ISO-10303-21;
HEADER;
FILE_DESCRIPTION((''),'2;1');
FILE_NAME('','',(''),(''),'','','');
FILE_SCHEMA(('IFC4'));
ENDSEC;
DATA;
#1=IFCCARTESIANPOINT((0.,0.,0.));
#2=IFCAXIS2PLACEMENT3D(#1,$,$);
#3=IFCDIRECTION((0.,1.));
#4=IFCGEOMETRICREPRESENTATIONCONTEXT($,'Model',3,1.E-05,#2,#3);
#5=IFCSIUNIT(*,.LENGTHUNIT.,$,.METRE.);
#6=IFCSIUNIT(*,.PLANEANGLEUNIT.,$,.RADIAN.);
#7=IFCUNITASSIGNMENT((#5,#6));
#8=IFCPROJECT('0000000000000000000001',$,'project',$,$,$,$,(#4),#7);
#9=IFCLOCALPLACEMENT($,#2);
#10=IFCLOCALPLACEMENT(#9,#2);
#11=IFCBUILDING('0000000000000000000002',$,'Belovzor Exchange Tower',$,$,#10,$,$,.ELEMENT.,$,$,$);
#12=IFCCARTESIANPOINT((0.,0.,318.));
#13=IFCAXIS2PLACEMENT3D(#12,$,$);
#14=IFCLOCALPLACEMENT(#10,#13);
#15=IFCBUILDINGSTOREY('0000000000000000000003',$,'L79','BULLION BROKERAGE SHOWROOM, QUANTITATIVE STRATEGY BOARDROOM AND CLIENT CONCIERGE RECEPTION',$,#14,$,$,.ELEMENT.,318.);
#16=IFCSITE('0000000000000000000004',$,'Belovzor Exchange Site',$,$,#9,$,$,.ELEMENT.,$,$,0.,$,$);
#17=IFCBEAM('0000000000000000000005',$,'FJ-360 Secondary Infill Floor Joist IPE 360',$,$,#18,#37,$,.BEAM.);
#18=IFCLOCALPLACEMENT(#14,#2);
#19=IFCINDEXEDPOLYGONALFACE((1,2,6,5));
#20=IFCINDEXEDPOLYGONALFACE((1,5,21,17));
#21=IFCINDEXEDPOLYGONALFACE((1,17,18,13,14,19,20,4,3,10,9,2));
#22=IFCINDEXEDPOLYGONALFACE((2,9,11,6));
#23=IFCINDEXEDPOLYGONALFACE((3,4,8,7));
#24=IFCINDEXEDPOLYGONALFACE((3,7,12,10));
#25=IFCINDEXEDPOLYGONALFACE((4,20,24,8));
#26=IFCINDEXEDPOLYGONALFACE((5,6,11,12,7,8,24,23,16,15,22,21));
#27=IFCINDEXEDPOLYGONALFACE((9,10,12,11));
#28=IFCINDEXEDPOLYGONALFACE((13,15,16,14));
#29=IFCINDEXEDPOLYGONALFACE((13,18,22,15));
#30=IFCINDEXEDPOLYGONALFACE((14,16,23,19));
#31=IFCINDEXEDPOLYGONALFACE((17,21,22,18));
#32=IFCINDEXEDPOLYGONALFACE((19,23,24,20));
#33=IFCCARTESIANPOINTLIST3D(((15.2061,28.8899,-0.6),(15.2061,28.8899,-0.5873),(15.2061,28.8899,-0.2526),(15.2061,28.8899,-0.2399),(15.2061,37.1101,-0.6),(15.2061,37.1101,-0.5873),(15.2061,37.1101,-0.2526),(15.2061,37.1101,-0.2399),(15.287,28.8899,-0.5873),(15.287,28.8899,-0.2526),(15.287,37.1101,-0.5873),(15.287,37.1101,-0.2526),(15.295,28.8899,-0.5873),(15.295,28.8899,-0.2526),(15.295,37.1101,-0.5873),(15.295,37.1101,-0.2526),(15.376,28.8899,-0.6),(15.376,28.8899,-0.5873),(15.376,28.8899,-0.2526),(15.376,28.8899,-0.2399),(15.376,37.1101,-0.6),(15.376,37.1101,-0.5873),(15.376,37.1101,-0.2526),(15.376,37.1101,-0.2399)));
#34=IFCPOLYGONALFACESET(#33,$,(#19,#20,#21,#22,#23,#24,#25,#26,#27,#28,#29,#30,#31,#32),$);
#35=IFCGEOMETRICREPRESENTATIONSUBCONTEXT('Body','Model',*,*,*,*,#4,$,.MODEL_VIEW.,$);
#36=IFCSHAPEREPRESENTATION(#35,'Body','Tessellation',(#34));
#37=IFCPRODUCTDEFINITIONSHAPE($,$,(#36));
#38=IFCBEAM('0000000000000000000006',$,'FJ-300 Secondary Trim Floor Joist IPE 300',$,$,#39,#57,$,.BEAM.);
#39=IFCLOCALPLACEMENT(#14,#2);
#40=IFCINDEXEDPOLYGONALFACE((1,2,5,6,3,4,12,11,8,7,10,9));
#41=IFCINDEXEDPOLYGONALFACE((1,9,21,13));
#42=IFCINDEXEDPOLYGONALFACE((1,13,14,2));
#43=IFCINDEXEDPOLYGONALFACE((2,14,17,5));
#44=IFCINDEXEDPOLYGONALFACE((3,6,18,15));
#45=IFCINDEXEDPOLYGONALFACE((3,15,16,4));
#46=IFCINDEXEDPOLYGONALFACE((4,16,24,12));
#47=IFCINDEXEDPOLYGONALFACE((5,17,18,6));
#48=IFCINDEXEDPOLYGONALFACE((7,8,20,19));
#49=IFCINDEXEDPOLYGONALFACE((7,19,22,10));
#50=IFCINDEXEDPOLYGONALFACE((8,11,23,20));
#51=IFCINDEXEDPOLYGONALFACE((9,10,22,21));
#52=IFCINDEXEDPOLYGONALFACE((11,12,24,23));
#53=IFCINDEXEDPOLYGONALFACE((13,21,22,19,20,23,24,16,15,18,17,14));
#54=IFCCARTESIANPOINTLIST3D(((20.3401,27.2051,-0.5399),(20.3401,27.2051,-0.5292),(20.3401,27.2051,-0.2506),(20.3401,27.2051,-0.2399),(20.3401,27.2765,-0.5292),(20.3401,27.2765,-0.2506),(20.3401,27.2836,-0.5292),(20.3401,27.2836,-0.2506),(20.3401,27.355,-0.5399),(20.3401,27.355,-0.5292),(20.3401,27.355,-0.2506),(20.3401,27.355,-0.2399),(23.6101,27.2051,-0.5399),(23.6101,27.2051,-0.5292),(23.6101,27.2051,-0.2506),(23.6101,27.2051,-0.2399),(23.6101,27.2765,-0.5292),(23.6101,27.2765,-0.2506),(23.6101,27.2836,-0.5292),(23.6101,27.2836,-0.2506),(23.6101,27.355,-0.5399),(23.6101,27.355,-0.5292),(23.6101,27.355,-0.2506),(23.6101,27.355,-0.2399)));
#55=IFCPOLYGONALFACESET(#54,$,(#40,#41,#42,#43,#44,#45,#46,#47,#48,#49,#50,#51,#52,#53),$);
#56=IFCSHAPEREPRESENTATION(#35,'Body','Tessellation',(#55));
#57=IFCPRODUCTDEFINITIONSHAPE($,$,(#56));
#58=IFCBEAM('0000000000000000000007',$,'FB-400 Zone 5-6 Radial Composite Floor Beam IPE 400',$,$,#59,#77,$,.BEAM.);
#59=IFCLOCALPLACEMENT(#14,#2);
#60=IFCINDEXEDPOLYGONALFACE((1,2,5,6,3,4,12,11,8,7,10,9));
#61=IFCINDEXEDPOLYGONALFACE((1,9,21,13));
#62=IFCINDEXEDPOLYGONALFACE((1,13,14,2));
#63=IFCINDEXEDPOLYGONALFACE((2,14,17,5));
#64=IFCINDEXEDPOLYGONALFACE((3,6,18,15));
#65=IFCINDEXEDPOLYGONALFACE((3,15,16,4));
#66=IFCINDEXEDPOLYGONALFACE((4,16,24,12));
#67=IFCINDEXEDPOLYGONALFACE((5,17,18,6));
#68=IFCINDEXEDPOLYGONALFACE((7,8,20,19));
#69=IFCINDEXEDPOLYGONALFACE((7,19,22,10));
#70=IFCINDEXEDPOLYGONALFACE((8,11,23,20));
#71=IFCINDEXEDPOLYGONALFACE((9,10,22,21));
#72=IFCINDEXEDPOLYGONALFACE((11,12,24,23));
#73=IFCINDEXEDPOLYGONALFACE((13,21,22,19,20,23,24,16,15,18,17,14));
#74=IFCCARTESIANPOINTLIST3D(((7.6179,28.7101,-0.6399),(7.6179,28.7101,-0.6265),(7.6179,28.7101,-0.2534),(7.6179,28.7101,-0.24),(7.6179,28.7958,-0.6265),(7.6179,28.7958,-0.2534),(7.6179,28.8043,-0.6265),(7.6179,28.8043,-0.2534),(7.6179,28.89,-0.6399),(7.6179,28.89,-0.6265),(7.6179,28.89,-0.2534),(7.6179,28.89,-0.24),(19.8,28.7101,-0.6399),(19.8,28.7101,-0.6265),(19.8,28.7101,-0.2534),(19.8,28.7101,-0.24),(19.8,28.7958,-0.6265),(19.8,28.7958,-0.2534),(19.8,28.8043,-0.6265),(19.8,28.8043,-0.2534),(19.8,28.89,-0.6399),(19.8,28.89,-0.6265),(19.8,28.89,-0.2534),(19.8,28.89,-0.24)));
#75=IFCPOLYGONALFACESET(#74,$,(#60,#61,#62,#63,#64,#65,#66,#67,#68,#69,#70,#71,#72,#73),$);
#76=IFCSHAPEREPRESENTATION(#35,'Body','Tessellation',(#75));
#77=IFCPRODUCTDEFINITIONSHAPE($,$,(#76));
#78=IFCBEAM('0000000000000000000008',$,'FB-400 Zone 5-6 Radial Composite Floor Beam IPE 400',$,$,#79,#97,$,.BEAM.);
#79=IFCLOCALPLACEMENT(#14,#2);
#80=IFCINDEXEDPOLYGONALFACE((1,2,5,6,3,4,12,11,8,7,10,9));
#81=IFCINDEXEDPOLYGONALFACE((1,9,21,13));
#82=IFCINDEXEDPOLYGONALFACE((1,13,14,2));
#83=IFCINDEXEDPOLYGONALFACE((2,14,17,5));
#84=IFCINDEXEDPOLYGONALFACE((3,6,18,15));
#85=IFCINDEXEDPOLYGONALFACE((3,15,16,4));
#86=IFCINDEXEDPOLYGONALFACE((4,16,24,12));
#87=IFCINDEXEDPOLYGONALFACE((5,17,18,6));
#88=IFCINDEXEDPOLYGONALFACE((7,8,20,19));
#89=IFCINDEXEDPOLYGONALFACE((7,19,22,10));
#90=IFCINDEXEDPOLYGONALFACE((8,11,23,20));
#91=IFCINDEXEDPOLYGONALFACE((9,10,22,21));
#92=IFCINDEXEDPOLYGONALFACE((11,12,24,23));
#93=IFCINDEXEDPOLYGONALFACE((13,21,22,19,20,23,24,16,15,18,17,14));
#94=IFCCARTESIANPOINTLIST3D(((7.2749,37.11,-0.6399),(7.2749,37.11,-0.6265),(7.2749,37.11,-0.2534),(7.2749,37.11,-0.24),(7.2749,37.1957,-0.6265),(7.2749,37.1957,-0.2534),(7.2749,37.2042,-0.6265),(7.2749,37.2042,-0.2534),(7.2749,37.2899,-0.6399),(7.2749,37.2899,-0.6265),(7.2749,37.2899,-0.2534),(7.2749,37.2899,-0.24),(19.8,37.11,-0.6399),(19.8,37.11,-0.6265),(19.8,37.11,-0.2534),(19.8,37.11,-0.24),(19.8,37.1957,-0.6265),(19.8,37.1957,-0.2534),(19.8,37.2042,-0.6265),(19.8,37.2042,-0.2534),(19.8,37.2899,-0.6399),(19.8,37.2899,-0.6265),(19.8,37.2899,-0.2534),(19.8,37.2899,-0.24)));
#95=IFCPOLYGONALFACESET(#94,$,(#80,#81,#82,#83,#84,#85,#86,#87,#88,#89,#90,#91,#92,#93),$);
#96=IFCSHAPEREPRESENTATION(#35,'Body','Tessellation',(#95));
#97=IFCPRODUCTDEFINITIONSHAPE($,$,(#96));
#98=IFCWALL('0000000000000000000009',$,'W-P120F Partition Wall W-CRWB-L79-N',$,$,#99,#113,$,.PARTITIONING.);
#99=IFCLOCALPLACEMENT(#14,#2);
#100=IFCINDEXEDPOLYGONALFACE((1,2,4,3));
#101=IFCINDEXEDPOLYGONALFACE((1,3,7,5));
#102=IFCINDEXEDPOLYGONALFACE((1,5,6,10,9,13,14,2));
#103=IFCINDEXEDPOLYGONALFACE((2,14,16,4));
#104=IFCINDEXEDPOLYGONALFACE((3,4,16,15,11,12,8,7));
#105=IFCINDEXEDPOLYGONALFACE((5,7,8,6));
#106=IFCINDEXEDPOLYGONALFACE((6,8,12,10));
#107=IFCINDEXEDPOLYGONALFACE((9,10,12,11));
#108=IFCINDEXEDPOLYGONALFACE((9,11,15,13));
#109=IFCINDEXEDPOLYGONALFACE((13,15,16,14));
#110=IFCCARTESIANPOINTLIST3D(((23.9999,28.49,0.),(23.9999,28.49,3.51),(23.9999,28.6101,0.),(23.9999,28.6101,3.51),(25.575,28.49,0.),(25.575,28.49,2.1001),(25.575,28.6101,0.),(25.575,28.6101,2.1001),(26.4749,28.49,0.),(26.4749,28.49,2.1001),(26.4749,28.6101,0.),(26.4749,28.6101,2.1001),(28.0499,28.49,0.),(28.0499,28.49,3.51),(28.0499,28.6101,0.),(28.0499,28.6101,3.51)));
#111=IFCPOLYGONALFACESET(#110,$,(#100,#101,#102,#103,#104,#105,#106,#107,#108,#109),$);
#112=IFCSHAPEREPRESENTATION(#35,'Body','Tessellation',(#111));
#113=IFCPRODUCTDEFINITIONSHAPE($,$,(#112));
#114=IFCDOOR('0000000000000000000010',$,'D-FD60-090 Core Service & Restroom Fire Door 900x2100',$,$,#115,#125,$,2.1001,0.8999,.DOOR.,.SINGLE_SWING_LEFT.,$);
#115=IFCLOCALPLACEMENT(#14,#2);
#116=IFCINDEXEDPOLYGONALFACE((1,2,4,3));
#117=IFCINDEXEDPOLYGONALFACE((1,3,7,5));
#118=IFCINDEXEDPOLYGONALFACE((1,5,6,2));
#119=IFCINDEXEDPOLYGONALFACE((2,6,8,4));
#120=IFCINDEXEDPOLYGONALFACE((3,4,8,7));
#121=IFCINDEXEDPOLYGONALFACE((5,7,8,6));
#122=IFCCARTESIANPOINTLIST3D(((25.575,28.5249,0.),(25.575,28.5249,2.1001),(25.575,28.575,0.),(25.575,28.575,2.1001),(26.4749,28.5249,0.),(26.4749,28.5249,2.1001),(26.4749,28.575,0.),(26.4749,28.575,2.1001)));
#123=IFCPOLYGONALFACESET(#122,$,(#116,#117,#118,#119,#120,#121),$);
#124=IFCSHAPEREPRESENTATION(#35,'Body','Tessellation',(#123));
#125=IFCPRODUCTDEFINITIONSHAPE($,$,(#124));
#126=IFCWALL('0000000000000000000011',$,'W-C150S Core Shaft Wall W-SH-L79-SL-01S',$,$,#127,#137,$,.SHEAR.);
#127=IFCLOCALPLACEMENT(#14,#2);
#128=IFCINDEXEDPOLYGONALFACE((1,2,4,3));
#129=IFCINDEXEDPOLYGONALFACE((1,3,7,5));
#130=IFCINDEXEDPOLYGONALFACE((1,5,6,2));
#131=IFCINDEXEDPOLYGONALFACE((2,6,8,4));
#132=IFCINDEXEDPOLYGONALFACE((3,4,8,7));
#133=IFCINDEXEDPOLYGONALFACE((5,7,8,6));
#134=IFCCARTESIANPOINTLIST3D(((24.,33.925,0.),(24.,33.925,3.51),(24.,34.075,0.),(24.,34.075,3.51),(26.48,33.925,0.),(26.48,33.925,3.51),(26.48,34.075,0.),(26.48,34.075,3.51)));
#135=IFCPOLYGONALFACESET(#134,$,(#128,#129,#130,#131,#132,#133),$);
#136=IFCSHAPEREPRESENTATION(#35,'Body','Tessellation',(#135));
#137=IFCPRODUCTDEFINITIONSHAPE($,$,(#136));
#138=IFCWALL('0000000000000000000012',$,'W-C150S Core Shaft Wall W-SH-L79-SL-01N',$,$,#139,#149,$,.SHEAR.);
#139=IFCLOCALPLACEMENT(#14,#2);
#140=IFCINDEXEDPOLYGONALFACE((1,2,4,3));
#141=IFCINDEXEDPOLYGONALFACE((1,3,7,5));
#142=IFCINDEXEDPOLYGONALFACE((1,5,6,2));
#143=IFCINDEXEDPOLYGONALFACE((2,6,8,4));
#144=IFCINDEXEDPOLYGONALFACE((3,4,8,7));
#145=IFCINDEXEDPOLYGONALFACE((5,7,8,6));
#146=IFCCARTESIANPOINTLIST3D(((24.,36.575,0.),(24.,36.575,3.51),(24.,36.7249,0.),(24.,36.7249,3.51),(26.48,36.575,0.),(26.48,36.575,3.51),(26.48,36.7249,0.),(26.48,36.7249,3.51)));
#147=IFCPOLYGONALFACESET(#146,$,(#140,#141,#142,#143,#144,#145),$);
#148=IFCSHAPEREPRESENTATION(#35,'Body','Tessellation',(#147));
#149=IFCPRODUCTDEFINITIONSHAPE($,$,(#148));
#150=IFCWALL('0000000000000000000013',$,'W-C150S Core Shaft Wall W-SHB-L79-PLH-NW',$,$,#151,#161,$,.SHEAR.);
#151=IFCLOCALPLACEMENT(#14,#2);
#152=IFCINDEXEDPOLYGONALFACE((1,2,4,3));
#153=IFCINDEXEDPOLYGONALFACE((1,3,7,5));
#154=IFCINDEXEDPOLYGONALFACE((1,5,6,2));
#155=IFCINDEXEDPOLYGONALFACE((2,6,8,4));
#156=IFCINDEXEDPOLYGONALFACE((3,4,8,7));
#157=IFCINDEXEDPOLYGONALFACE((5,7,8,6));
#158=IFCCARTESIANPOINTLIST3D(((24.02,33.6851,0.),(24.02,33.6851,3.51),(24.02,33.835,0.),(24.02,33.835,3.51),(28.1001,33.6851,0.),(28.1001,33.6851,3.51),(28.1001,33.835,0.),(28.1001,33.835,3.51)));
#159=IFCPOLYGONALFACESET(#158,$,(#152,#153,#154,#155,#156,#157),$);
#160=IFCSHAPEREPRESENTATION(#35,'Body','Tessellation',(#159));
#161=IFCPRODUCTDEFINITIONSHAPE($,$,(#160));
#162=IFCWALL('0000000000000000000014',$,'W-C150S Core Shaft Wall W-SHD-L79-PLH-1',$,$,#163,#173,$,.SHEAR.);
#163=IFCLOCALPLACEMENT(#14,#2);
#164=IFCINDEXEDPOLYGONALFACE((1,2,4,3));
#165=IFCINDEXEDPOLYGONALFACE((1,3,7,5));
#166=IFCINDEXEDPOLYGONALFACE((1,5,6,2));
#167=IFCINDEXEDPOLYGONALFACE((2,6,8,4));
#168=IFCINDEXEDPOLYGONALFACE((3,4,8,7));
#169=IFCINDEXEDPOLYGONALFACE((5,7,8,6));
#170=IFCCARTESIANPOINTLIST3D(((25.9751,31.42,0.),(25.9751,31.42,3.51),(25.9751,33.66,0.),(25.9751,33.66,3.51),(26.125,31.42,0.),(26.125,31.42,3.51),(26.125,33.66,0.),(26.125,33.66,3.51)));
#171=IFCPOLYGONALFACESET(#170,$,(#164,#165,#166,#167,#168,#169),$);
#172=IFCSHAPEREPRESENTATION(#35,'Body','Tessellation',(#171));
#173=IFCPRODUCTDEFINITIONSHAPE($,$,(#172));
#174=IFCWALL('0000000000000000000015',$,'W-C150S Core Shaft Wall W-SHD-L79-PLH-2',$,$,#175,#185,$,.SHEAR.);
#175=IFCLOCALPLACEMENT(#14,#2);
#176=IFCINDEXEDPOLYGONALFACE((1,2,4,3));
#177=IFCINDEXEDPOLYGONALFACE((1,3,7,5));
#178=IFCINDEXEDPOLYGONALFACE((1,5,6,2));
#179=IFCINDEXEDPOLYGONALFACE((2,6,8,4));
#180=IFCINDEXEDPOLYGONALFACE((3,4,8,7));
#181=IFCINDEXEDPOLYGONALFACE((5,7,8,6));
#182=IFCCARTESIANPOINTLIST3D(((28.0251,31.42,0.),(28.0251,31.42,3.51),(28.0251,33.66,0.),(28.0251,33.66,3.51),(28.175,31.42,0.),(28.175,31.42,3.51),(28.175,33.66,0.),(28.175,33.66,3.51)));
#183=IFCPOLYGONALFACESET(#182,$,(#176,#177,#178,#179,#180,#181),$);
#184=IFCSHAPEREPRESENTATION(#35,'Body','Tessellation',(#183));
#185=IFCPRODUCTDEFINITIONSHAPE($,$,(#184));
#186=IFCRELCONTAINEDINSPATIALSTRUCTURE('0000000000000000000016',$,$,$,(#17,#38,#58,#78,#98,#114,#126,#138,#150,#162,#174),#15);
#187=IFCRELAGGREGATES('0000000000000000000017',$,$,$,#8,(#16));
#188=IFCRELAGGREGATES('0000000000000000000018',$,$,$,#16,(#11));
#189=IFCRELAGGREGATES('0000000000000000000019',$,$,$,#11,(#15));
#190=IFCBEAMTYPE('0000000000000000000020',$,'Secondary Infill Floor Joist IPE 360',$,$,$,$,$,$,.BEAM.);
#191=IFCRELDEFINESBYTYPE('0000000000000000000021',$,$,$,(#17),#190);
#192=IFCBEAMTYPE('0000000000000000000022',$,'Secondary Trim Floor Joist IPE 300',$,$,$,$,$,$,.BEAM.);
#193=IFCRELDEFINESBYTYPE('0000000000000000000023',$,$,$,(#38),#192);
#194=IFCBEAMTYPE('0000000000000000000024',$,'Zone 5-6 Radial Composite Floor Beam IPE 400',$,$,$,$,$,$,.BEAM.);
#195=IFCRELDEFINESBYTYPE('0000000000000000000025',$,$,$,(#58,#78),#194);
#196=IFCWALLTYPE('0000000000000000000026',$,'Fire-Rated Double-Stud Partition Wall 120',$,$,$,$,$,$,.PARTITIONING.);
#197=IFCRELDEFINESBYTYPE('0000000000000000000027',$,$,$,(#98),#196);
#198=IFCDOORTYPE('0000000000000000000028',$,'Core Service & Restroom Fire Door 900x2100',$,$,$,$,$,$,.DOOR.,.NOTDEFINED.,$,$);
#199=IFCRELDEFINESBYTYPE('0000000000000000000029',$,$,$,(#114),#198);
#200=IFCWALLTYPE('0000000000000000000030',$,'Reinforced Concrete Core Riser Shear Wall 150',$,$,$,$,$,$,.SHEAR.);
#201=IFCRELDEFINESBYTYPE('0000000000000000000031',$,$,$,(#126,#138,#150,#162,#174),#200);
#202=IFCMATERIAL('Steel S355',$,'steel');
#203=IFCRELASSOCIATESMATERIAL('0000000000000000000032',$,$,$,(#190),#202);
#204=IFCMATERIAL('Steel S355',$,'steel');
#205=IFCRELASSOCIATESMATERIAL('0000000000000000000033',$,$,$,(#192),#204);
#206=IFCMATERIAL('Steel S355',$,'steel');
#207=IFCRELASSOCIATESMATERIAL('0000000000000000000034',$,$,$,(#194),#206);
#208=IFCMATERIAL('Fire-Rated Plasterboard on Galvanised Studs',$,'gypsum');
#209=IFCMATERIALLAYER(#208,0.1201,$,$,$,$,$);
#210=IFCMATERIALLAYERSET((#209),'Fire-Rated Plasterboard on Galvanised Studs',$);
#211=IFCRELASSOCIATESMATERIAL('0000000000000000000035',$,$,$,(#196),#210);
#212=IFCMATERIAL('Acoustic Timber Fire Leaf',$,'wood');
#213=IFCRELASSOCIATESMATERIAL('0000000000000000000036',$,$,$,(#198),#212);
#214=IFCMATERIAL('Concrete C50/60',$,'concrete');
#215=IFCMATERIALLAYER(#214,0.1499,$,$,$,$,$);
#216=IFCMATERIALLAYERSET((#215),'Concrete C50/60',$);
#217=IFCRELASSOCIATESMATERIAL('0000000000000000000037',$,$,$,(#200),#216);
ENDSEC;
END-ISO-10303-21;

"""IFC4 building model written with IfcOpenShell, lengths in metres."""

from ifc_helpers import new_model, si_unit, direction, frame, frame_2d, origin, origin_2d, place, context, subcontext, project, spatial, rectangle, i_section, extrude, material, layer, layer_set, material_profile, profile_set, type_object, element, fill, save


model = new_model("IFC4")

# Units and contexts
model_context = context("Model", 3, precision=1e-05, world=origin(), true_north=direction((0.0, 1.0)))
body_context = subcontext(model_context, "Body", "Model", "MODEL_VIEW")
ifc_project = project(units=[si_unit("LENGTHUNIT", "METRE"), si_unit("PLANEANGLEUNIT", "RADIAN")], contexts=[model_context])

# Site, building, storey
site_placement = place(None, origin())
site = spatial("IfcSite", under=ifc_project, at=site_placement, Name="Belovzor Exchange Site", CompositionType="ELEMENT", RefElevation=0.0)
building_placement = place(site_placement, origin())
building = spatial("IfcBuilding", under=site, at=building_placement, Name="Belovzor Exchange Tower", CompositionType="ELEMENT")
storey_placement = place(building_placement, frame((0.0, 0.0, 318.0)))
storey = spatial("IfcBuildingStorey", under=building, at=storey_placement, Name="L79", Description="BULLION BROKERAGE SHOWROOM, QUANTITATIVE STRATEGY BOARDROOM AND CLIENT CONCIERGE RECEPTION", CompositionType="ELEMENT", Elevation=318.0)

# Beams
ifc_material_1 = material(Name="Steel S355", Category="steel")
ifc_material_profile_1 = material_profile(ifc_material_1, i_section(OverallWidth=0.1699, OverallDepth=0.3601, WebThickness=0.0081, FlangeThickness=0.0127, at=origin_2d()))
ifc_profile_set_1 = profile_set([ifc_material_profile_1], Name="Steel S355")
beam_type_1 = type_object("IfcBeamType", Name="Secondary Infill Floor Joist IPE 360", PredefinedType="BEAM", material=ifc_profile_set_1)
beam_1_placement = place(storey_placement, frame((15.291, 28.8899, -0.4199), z_axis=(0.0, 1.0, 0.0), x_axis=(-1.0, 0.0, 0.0)))
element("IfcBeam", 1, at=beam_1_placement, inside=storey, type_object=beam_type_1, Name="FJ-360 Secondary Infill Floor Joist IPE 360", PredefinedType="BEAM", context=body_context, shape_type="SweptSolid", body=[
    extrude(i_section(OverallWidth=0.1699, OverallDepth=0.3601, WebThickness=0.0081, FlangeThickness=0.0127, at=origin_2d()), origin(), (0.0, 0.0, 1.0), 8.2202),
])
ifc_material_2 = material(Name="Steel S355", Category="steel")
ifc_material_profile_2 = material_profile(ifc_material_2, i_section(OverallWidth=0.1499, OverallDepth=0.3, WebThickness=0.0071, FlangeThickness=0.0107, at=origin_2d()))
ifc_profile_set_2 = profile_set([ifc_material_profile_2], Name="Steel S355")
beam_type_2 = type_object("IfcBeamType", Name="Secondary Trim Floor Joist IPE 300", PredefinedType="BEAM", material=ifc_profile_set_2)
beam_2_placement = place(storey_placement, frame((20.3401, 27.28, -0.3899), z_axis=(1.0, 0.0, 0.0), x_axis=(0.0, 1.0, 0.0)))
element("IfcBeam", 2, at=beam_2_placement, inside=storey, type_object=beam_type_2, Name="FJ-300 Secondary Trim Floor Joist IPE 300", PredefinedType="BEAM", context=body_context, shape_type="SweptSolid", body=[
    extrude(i_section(OverallWidth=0.1499, OverallDepth=0.3, WebThickness=0.0071, FlangeThickness=0.0107, at=origin_2d()), origin(), (0.0, 0.0, 1.0), 3.27),
])
ifc_material_3 = material(Name="Steel S355", Category="steel")
ifc_material_profile_3 = material_profile(ifc_material_3, i_section(OverallWidth=0.1799, OverallDepth=0.3999, WebThickness=0.0085, FlangeThickness=0.0134, at=origin_2d()))
ifc_profile_set_3 = profile_set([ifc_material_profile_3], Name="Steel S355")
beam_type_3 = type_object("IfcBeamType", Name="Zone 5-6 Radial Composite Floor Beam IPE 400", PredefinedType="BEAM", material=ifc_profile_set_3)
beam_3_placement = place(storey_placement, frame((19.8, 28.8, -0.4399), z_axis=(-1.0, 0.0, 0.0), x_axis=(0.0, -1.0, 0.0)))
element("IfcBeam", 3, at=beam_3_placement, inside=storey, type_object=beam_type_3, Name="FB-400 Zone 5-6 Radial Composite Floor Beam IPE 400", PredefinedType="BEAM", context=body_context, shape_type="SweptSolid", body=[
    extrude(i_section(OverallWidth=0.1799, OverallDepth=0.3999, WebThickness=0.0085, FlangeThickness=0.0134, at=origin_2d()), origin(), (0.0, 0.0, 1.0), 12.1821),
])
beam_4_placement = place(storey_placement, frame((19.8, 37.2, -0.4399), z_axis=(-1.0, 0.0, 0.0), x_axis=(0.0, -1.0, 0.0)))
element("IfcBeam", 4, at=beam_4_placement, inside=storey, type_object=beam_type_3, Name="FB-400 Zone 5-6 Radial Composite Floor Beam IPE 400", PredefinedType="BEAM", context=body_context, shape_type="SweptSolid", body=[
    extrude(i_section(OverallWidth=0.1799, OverallDepth=0.3999, WebThickness=0.0085, FlangeThickness=0.0134, at=origin_2d()), origin(), (0.0, 0.0, 1.0), 12.5251),
])

# Wall, opening, door
ifc_material_4 = material(Name="Fire-Rated Plasterboard on Galvanised Studs", Category="gypsum")
ifc_layer_1 = layer(ifc_material_4, 0.1201)
ifc_layer_set_1 = layer_set([ifc_layer_1], Name="Fire-Rated Plasterboard on Galvanised Studs")
wall_type_1 = type_object("IfcWallType", Name="Fire-Rated Double-Stud Partition Wall 120", PredefinedType="PARTITIONING", material=ifc_layer_set_1)
wall_1_placement = place(storey_placement, frame((24.0, 28.55, 0.0), z_axis=(0.0, 0.0, 1.0), x_axis=(1.0, 0.0, 0.0)))
wall_1 = element("IfcWall", 5, at=wall_1_placement, inside=storey, type_object=wall_type_1, Name="W-P120F Partition Wall W-CRWB-L79-N", PredefinedType="PARTITIONING", context=body_context, shape_type="SweptSolid", body=[
    extrude(rectangle(XDim=4.05, YDim=0.1201, at=frame_2d((2.0249, 0.0))), origin(), (0.0, 0.0, 1.0), 3.51),
])
opening_1_placement = place(wall_1_placement, frame((1.575, 0.0, 0.0)))
opening_1 = element("IfcOpeningElement", 6, at=opening_1_placement, cuts=wall_1, PredefinedType="OPENING", context=body_context, shape_type="SweptSolid", body=[
    extrude(rectangle(XDim=0.8999, YDim=2.1001, at=frame_2d((0.45, 1.05))), frame((0.0, 0.0701, 0.0), z_axis=(0.0, -1.0, 0.0), x_axis=(1.0, 0.0, 0.0)), (0.0, 0.0, 1.0), 0.1401),
])
ifc_material_5 = material(Name="Acoustic Timber Fire Leaf", Category="wood")
door_type_1 = type_object("IfcDoorType", Name="Core Service & Restroom Fire Door 900x2100", OperationType="NOTDEFINED", PredefinedType="DOOR", material=ifc_material_5)
door_1_placement = place(opening_1_placement, origin())
door_1 = element("IfcDoor", 7, at=door_1_placement, inside=storey, type_object=door_type_1, Name="D-FD60-090 Core Service & Restroom Fire Door 900x2100", OperationType="SINGLE_SWING_LEFT", OverallHeight=2.1001, OverallWidth=0.8999, PredefinedType="DOOR", context=body_context, shape_type="SweptSolid", body=[
    extrude(rectangle(XDim=0.8999, YDim=2.1001, at=frame_2d((0.45, 1.05))), frame((0.0, 0.0249, 0.0), z_axis=(0.0, -1.0, 0.0), x_axis=(1.0, 0.0, 0.0)), (0.0, 0.0, 1.0), 0.05),
])
fill(opening_1, door_1)

# Walls
ifc_material_6 = material(Name="Concrete C50/60", Category="concrete")
ifc_layer_2 = layer(ifc_material_6, 0.1499)
ifc_layer_set_2 = layer_set([ifc_layer_2], Name="Concrete C50/60")
wall_type_2 = type_object("IfcWallType", Name="Reinforced Concrete Core Riser Shear Wall 150", PredefinedType="SHEAR", material=ifc_layer_set_2)
for number, where, z_axis, x_axis, name in (
    (8, (24.0, 34.0, 0.0), (0.0, 0.0, 1.0), (1.0, 0.0, 0.0), "W-C150S Core Shaft Wall W-SH-L79-SL-01S"),
    (9, (24.0, 36.6499, 0.0), (0.0, 0.0, 1.0), (1.0, 0.0, 0.0), "W-C150S Core Shaft Wall W-SH-L79-SL-01N"),
):
    element("IfcWall", number, at=place(storey_placement, frame(where, z_axis=z_axis, x_axis=x_axis)), inside=storey, type_object=wall_type_2, Name=name, PredefinedType="SHEAR", context=body_context, shape_type="SweptSolid", body=[
        extrude(rectangle(XDim=2.48, YDim=0.1499, at=frame_2d((1.24, 0.0))), origin(), (0.0, 0.0, 1.0), 3.51),
    ])
wall_2_placement = place(storey_placement, frame((24.02, 33.76, 0.0), z_axis=(0.0, 0.0, 1.0), x_axis=(1.0, 0.0, 0.0)))
element("IfcWall", 10, at=wall_2_placement, inside=storey, type_object=wall_type_2, Name="W-C150S Core Shaft Wall W-SHB-L79-PLH-NW", PredefinedType="SHEAR", context=body_context, shape_type="SweptSolid", body=[
    extrude(rectangle(XDim=4.0801, YDim=0.1499, at=frame_2d((2.04, 0.0))), origin(), (0.0, 0.0, 1.0), 3.51),
])
for number, where, z_axis, x_axis, name in (
    (11, (26.05, 31.4199, 0.0), (0.0, 0.0, 1.0), (0.0, 1.0, 0.0), "W-C150S Core Shaft Wall W-SHD-L79-PLH-1"),
    (12, (28.1001, 31.4199, 0.0), (0.0, 0.0, 1.0), (0.0, 1.0, 0.0), "W-C150S Core Shaft Wall W-SHD-L79-PLH-2"),
):
    element("IfcWall", number, at=place(storey_placement, frame(where, z_axis=z_axis, x_axis=x_axis)), inside=storey, type_object=wall_type_2, Name=name, PredefinedType="SHEAR", context=body_context, shape_type="SweptSolid", body=[
        extrude(rectangle(XDim=2.24, YDim=0.1499, at=frame_2d((1.1201, 0.0))), origin(), (0.0, 0.0, 1.0), 3.51),
    ])

save(model, "model.ifc")
